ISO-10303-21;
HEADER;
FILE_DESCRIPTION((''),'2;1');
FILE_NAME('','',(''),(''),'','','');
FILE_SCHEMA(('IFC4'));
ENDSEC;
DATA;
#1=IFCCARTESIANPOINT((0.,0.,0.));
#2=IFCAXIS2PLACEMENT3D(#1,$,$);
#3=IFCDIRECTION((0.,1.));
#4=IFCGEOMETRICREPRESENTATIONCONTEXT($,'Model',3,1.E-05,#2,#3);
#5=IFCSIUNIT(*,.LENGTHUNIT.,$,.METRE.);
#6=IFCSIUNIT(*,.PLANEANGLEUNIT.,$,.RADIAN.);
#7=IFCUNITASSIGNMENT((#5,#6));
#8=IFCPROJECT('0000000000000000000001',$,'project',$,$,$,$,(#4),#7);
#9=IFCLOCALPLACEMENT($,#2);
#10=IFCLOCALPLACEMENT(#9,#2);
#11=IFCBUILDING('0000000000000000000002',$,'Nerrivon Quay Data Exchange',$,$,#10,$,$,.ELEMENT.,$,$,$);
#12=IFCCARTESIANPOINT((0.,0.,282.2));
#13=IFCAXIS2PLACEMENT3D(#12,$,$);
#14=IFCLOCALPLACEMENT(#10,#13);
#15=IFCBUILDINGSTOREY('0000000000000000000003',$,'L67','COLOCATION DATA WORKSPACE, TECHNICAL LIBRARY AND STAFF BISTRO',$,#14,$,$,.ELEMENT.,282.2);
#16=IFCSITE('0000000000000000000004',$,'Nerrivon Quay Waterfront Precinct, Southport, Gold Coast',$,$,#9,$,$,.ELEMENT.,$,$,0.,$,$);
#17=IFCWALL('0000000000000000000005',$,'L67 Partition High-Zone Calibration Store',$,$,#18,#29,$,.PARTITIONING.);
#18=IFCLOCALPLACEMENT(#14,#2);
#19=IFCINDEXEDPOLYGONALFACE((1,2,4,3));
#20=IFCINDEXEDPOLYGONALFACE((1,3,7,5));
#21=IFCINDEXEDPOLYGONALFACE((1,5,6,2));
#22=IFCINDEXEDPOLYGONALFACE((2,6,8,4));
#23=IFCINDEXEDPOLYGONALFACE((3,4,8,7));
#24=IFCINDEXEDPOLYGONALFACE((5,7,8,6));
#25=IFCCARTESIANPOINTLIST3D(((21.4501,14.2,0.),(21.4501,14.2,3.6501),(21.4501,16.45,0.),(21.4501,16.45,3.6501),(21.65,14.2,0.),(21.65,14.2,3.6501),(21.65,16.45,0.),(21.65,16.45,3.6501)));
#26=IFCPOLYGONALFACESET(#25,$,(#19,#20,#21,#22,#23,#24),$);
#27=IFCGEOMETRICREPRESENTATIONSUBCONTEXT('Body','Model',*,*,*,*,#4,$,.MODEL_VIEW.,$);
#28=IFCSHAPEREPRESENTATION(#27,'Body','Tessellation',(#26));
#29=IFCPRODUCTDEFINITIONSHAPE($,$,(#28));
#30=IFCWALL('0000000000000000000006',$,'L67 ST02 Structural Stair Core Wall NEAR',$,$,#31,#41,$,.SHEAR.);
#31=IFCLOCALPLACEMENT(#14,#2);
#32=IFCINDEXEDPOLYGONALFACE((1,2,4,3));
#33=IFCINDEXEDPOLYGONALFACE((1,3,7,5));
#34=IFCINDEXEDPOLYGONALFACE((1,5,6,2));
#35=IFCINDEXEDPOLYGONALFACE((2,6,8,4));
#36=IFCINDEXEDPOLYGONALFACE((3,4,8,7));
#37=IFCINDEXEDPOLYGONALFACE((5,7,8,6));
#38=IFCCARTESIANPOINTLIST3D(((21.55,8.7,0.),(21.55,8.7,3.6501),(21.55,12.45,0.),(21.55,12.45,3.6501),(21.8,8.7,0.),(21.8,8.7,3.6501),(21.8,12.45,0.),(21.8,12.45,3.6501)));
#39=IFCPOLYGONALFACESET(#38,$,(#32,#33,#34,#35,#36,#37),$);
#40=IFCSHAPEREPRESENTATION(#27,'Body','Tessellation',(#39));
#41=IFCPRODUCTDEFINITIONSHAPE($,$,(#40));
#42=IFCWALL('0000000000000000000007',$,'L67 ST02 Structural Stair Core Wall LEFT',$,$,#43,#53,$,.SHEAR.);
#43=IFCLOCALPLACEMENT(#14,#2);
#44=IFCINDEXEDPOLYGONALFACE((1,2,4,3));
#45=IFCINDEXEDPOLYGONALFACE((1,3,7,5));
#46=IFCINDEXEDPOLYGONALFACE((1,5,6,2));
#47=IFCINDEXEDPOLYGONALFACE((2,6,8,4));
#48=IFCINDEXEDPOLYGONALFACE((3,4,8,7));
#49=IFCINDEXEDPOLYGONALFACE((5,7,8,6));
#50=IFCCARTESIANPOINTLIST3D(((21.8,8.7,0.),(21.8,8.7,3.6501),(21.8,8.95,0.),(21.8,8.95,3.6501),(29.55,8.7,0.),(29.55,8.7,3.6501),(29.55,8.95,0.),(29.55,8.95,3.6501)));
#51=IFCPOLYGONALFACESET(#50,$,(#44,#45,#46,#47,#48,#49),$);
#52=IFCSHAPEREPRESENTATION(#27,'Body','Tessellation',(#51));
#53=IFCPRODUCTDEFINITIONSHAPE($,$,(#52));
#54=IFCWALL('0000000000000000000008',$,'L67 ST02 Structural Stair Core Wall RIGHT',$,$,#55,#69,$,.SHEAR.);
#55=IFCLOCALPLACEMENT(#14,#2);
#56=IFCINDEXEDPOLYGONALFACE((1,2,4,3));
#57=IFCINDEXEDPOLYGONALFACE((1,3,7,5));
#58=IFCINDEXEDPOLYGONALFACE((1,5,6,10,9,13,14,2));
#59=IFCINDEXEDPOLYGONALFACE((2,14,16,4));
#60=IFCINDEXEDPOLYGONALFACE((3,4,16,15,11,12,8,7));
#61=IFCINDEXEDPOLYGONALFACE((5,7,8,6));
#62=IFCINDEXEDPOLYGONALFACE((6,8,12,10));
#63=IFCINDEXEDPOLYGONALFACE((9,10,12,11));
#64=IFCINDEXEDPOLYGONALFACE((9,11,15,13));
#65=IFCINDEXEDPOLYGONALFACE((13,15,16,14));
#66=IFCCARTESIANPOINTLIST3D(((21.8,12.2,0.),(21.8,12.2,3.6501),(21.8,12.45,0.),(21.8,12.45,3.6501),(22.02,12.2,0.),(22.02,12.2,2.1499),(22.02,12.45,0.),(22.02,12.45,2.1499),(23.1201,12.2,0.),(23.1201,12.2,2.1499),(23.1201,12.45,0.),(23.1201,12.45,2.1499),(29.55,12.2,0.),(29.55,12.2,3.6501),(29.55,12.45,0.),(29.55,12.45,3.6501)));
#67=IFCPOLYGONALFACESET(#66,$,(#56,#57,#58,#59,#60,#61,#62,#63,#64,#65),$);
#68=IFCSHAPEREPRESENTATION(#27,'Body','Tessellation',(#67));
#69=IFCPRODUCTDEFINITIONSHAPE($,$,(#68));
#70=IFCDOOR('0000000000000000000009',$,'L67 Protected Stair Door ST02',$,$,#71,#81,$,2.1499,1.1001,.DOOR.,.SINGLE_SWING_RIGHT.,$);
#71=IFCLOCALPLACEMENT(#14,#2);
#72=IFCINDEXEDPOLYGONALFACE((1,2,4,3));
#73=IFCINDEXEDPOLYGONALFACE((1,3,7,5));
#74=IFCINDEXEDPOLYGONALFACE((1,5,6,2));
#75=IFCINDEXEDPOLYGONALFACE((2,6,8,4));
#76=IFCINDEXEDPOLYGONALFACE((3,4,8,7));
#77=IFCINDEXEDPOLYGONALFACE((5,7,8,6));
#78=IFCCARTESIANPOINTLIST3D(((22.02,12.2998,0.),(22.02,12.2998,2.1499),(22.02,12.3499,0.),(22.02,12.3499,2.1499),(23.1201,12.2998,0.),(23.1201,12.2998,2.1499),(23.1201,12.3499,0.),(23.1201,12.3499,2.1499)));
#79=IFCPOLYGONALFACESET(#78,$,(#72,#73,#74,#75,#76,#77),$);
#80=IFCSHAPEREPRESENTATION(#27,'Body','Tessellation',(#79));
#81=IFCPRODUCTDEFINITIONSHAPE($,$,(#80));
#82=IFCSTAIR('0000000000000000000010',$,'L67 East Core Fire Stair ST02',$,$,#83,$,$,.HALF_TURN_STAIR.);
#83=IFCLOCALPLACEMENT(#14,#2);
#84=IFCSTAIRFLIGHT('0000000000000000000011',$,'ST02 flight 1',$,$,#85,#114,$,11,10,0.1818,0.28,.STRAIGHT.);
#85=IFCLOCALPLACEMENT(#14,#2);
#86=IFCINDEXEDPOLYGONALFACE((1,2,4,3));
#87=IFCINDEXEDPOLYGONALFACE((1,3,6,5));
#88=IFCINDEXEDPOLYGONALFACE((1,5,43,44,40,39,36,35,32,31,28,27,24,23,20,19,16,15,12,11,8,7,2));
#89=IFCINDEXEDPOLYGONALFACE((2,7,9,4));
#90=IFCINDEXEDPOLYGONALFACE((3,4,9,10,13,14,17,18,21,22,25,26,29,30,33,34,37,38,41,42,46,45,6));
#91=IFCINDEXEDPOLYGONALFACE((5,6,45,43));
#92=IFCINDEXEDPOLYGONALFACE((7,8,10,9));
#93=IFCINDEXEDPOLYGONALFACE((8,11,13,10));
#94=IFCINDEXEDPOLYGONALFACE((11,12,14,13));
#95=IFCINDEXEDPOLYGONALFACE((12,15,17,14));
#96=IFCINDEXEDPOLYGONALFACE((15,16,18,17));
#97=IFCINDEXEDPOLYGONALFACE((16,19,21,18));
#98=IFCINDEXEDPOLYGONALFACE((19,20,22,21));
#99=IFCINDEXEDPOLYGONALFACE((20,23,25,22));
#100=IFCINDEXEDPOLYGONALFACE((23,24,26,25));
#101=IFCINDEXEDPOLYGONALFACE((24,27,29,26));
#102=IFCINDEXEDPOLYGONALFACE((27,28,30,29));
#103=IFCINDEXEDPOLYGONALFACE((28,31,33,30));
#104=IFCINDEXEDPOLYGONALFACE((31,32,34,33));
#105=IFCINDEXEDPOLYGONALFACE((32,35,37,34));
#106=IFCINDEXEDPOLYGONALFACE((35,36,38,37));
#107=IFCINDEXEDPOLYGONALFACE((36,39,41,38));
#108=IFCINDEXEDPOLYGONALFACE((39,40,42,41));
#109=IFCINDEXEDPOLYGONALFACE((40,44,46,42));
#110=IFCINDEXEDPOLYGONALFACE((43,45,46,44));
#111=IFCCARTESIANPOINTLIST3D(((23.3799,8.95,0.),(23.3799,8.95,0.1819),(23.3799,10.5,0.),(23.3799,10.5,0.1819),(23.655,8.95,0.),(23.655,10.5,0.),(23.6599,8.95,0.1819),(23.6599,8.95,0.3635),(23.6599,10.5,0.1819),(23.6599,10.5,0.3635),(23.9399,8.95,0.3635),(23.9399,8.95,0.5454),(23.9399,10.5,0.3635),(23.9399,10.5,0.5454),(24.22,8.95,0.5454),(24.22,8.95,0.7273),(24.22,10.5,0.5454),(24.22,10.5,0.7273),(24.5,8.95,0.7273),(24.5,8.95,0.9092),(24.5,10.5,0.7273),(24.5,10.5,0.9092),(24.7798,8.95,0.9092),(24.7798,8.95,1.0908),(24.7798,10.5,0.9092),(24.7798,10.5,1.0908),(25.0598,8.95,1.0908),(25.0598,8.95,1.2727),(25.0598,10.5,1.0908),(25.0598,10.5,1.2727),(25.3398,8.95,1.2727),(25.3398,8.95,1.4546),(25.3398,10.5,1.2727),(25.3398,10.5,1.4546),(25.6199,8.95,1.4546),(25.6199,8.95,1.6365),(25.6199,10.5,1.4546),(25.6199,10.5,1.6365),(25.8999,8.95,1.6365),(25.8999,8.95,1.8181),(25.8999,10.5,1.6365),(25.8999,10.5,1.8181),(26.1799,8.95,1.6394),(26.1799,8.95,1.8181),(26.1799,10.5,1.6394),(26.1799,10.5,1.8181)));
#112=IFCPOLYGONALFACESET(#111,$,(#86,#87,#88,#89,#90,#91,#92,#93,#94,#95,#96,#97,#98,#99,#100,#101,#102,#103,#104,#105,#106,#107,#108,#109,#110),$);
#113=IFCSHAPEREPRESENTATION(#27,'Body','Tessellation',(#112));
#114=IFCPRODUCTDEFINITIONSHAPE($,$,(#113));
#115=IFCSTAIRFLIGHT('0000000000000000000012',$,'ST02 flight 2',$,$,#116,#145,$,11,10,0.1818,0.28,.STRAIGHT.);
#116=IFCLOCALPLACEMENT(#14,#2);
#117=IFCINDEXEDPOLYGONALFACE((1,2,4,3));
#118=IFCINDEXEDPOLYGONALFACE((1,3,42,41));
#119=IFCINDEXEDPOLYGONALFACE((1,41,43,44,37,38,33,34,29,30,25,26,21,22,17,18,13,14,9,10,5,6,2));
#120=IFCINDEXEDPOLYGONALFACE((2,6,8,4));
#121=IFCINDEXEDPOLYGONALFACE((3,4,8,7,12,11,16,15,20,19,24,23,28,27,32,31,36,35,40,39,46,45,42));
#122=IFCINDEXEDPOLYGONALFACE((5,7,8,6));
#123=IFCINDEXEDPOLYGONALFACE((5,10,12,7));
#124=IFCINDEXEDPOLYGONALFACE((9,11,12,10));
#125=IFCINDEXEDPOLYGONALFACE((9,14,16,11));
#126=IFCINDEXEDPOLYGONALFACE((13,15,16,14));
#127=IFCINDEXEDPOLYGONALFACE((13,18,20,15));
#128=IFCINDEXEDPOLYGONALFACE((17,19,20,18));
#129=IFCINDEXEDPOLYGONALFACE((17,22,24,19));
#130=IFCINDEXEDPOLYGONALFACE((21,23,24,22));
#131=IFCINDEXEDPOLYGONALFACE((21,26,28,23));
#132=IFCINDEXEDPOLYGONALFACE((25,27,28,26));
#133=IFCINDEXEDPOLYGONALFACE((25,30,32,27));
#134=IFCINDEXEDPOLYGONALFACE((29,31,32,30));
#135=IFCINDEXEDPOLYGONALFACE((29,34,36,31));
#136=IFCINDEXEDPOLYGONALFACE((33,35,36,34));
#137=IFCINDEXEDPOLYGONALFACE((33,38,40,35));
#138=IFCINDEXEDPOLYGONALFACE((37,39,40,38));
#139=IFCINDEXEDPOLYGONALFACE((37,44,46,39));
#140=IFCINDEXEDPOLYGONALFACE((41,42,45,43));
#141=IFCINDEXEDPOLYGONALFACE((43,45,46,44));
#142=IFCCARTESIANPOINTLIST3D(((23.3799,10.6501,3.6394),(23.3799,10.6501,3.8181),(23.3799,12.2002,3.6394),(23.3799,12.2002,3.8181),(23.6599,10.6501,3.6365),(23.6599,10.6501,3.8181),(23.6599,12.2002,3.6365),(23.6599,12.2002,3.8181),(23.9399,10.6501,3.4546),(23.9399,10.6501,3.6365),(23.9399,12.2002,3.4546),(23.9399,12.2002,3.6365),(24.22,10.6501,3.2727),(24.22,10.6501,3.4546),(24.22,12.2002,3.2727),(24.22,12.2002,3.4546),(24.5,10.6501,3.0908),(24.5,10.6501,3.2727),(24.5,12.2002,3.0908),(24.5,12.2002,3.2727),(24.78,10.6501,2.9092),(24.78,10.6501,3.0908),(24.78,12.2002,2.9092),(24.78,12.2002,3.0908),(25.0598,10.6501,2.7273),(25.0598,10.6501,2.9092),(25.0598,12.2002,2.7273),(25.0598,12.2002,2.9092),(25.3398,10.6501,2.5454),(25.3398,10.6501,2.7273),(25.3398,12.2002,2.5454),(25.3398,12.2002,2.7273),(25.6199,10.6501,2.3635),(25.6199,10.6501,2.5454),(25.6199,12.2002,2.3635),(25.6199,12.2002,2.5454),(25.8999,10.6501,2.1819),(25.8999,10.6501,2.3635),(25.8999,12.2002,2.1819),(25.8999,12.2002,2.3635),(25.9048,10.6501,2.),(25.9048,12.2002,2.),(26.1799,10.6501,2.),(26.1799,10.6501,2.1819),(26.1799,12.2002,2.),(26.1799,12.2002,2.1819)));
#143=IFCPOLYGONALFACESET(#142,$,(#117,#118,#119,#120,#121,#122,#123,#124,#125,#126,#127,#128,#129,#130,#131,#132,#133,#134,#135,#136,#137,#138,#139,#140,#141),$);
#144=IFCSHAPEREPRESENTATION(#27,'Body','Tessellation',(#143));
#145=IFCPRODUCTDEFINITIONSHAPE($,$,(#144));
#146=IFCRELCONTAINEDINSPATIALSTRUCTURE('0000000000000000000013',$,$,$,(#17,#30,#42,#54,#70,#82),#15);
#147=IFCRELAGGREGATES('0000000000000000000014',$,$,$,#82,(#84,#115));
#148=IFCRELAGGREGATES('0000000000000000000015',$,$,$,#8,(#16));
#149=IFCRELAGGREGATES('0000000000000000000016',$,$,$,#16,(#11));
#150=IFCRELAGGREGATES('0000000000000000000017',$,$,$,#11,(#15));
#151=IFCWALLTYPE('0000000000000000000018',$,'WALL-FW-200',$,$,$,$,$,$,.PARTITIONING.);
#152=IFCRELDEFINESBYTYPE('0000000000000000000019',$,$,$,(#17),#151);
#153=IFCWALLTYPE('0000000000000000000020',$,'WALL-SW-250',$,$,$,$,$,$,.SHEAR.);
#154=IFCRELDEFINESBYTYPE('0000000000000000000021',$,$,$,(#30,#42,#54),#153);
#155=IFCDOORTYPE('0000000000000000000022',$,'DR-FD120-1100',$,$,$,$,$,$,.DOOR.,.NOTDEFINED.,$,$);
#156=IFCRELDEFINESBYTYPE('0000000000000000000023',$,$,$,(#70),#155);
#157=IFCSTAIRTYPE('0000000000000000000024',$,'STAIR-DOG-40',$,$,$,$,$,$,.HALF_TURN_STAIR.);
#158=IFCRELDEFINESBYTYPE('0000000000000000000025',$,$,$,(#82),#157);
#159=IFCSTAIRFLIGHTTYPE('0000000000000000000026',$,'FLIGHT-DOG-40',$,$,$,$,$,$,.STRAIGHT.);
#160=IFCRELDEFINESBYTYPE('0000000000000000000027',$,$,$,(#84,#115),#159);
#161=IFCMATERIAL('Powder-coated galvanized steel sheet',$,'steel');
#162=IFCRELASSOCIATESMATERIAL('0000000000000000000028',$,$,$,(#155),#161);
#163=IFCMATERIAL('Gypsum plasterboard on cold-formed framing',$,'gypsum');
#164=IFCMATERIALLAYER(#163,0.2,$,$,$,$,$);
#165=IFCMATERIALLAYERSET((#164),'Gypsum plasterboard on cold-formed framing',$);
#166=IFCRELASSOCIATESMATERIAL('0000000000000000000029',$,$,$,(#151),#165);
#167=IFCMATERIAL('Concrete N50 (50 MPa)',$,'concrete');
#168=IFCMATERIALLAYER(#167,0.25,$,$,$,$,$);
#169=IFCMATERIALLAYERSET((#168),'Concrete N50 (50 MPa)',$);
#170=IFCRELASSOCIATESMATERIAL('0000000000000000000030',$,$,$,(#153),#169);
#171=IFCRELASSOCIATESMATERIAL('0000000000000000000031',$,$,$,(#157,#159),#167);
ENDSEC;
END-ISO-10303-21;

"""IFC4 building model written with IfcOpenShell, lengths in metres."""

from ifc_helpers import new_model, si_unit, direction, frame, frame_2d, origin, place, context, subcontext, project, spatial, polyline, rectangle, outline, extrude, material, layer, layer_set, type_object, element, fill, aggregate, save


model = new_model("IFC4")

# Units and contexts
model_context = context("Model", 3, precision=1e-05, world=origin(), true_north=direction((0.0, 1.0)))
body_context = subcontext(model_context, "Body", "Model", "MODEL_VIEW")
ifc_project = project(units=[si_unit("LENGTHUNIT", "METRE"), si_unit("PLANEANGLEUNIT", "RADIAN")], contexts=[model_context])

# Site, building, storey
site_placement = place(None, origin())
site = spatial("IfcSite", under=ifc_project, at=site_placement, Name="Nerrivon Quay Waterfront Precinct, Southport, Gold Coast", CompositionType="ELEMENT", RefElevation=0.0)
building_placement = place(site_placement, origin())
building = spatial("IfcBuilding", under=site, at=building_placement, Name="Nerrivon Quay Data Exchange", CompositionType="ELEMENT")
storey_placement = place(building_placement, frame((0.0, 0.0, 282.2)))
storey = spatial("IfcBuildingStorey", under=building, at=storey_placement, Name="L67", Description="COLOCATION DATA WORKSPACE, TECHNICAL LIBRARY AND STAFF BISTRO", CompositionType="ELEMENT", Elevation=282.2)

# Shared definitions
ifc_material_1 = material(Name="Concrete N50 (50 MPa)", Category="concrete")

# Shared definitions
ifc_material_2 = material(Name="Powder-coated galvanized steel sheet", Category="steel")
door_type_1 = type_object("IfcDoorType", Name="DR-FD120-1100", OperationType="NOTDEFINED", PredefinedType="DOOR", material=ifc_material_2)

# Shared definitions
ifc_material_3 = material(Name="Gypsum plasterboard on cold-formed framing", Category="gypsum")
ifc_layer_1 = layer(ifc_material_3, 0.2)
ifc_layer_set_1 = layer_set([ifc_layer_1], Name="Gypsum plasterboard on cold-formed framing")
wall_type_1 = type_object("IfcWallType", Name="WALL-FW-200", PredefinedType="PARTITIONING", material=ifc_layer_set_1)

# Wall
wall_1_placement = place(storey_placement, frame((21.55, 14.2, 0.0), z_axis=(0.0, 0.0, 1.0), x_axis=(0.0, 1.0, 0.0)))
element("IfcWall", 1, at=wall_1_placement, inside=storey, type_object=wall_type_1, Name="L67 Partition High-Zone Calibration Store", PredefinedType="PARTITIONING", context=body_context, shape_type="SweptSolid", body=[
    extrude(rectangle(XDim=2.25, YDim=0.2, at=frame_2d((1.125, 0.0))), origin(), (0.0, 0.0, 1.0), 3.6501),
])

# Walls
ifc_layer_2 = layer(ifc_material_1, 0.25)
ifc_layer_set_2 = layer_set([ifc_layer_2], Name="Concrete N50 (50 MPa)")
wall_type_2 = type_object("IfcWallType", Name="WALL-SW-250", PredefinedType="SHEAR", material=ifc_layer_set_2)
wall_2_placement = place(storey_placement, frame((21.675, 8.7, 0.0), z_axis=(0.0, 0.0, 1.0), x_axis=(0.0, 1.0, 0.0)))
element("IfcWall", 2, at=wall_2_placement, inside=storey, type_object=wall_type_2, Name="L67 ST02 Structural Stair Core Wall NEAR", PredefinedType="SHEAR", context=body_context, shape_type="SweptSolid", body=[
    extrude(rectangle(XDim=3.75, YDim=0.25, at=frame_2d((1.875, 0.0))), origin(), (0.0, 0.0, 1.0), 3.6501),
])
wall_3_placement = place(storey_placement, frame((21.8, 8.825, 0.0), z_axis=(0.0, 0.0, 1.0), x_axis=(1.0, 0.0, 0.0)))
element("IfcWall", 3, at=wall_3_placement, inside=storey, type_object=wall_type_2, Name="L67 ST02 Structural Stair Core Wall LEFT", PredefinedType="SHEAR", context=body_context, shape_type="SweptSolid", body=[
    extrude(rectangle(XDim=7.75, YDim=0.25, at=frame_2d((3.875, 0.0))), origin(), (0.0, 0.0, 1.0), 3.6501),
])

# Wall, opening, door
wall_4_placement = place(storey_placement, frame((21.8, 12.325, 0.0), z_axis=(0.0, 0.0, 1.0), x_axis=(1.0, 0.0, 0.0)))
wall_4 = element("IfcWall", 4, at=wall_4_placement, inside=storey, type_object=wall_type_2, Name="L67 ST02 Structural Stair Core Wall RIGHT", PredefinedType="SHEAR", context=body_context, shape_type="SweptSolid", body=[
    extrude(rectangle(XDim=7.75, YDim=0.25, at=frame_2d((3.875, 0.0))), origin(), (0.0, 0.0, 1.0), 3.6501),
])
opening_1_placement = place(wall_4_placement, frame((0.22, 0.0, 0.0)))
opening_1 = element("IfcOpeningElement", 5, at=opening_1_placement, cuts=wall_4, PredefinedType="OPENING", context=body_context, shape_type="SweptSolid", body=[
    extrude(rectangle(XDim=1.1001, YDim=2.1499, at=frame_2d((0.55, 1.075))), frame((0.0, 0.135, 0.0), z_axis=(0.0, -1.0, 0.0), x_axis=(1.0, 0.0, 0.0)), (0.0, 0.0, 1.0), 0.27),
])
door_1_placement = place(opening_1_placement, origin())
door_1 = element("IfcDoor", 6, at=door_1_placement, inside=storey, type_object=door_type_1, Name="L67 Protected Stair Door ST02", OperationType="SINGLE_SWING_RIGHT", OverallHeight=2.1499, OverallWidth=1.1001, PredefinedType="DOOR", context=body_context, shape_type="SweptSolid", body=[
    extrude(rectangle(XDim=1.1001, YDim=2.1499, at=frame_2d((0.55, 1.075))), frame((0.0, 0.0249, 0.0), z_axis=(0.0, -1.0, 0.0), x_axis=(1.0, 0.0, 0.0)), (0.0, 0.0, 1.0), 0.05),
])
fill(opening_1, door_1)

# Stair, stair flights
stair_type = type_object("IfcStairType", Name="STAIR-DOG-40", PredefinedType="HALF_TURN_STAIR", material=ifc_material_1)
stair_placement = place(storey_placement, origin())
stair = element("IfcStair", 7, at=stair_placement, inside=storey, type_object=stair_type, Name="L67 East Core Fire Stair ST02", PredefinedType="HALF_TURN_STAIR")
stair_flight_type = type_object("IfcStairFlightType", Name="FLIGHT-DOG-40", PredefinedType="STRAIGHT", material=ifc_material_1)
stair_flight_1_placement = place(storey_placement, frame((23.3799, 9.7251, 0.0), z_axis=(0.0, 0.0, 1.0), x_axis=(1.0, 0.0, 0.0)))
stair_flight_1 = element("IfcStairFlight", 8, at=stair_flight_1_placement, type_object=stair_flight_type, Name="ST02 flight 1", NumberOfRisers=11, NumberOfTreads=10, PredefinedType="STRAIGHT", RiserHeight=0.1818, TreadLength=0.28, context=body_context, shape_type="SweptSolid", body=[
    extrude(outline(polyline([(0.0, 0.0), (0.0, 0.1819), (0.28, 0.1819), (0.28, 0.3635), (0.5601, 0.3635), (0.5601, 0.5454), (0.8401, 0.5454), (0.8401, 0.7273), (1.1201, 0.7273), (1.1201, 0.9092), (1.3999, 0.9092), (1.3999, 1.0908), (1.6799, 1.0908), (1.6799, 1.2727), (1.96, 1.2727), (1.96, 1.4546), (2.24, 1.4546), (2.24, 1.6365), (2.52, 1.6365), (2.52, 1.8181), (2.8, 1.8181), (2.8, 2.0), (2.8, 1.6394), (0.2751, 0.0), (0.0, 0.0)])), frame((0.0, 0.7749, 0.0), z_axis=(0.0, -1.0, 0.0), x_axis=(1.0, 0.0, 0.0)), (0.0, 0.0, 1.0), 1.55),
])
stair_flight_2_placement = place(storey_placement, frame((26.1799, 11.425, 2.0), z_axis=(0.0, 0.0, 1.0), x_axis=(-1.0, 0.0, 0.0)))
stair_flight_2 = element("IfcStairFlight", 9, at=stair_flight_2_placement, type_object=stair_flight_type, Name="ST02 flight 2", NumberOfRisers=11, NumberOfTreads=10, PredefinedType="STRAIGHT", RiserHeight=0.1818, TreadLength=0.28, context=body_context, shape_type="SweptSolid", body=[
    extrude(outline(polyline([(0.0, 0.0), (0.0, 0.1819), (0.28, 0.1819), (0.28, 0.3635), (0.5601, 0.3635), (0.5601, 0.5454), (0.8401, 0.5454), (0.8401, 0.7273), (1.1201, 0.7273), (1.1201, 0.9092), (1.3999, 0.9092), (1.3999, 1.0908), (1.6799, 1.0908), (1.6799, 1.2727), (1.96, 1.2727), (1.96, 1.4546), (2.24, 1.4546), (2.24, 1.6365), (2.52, 1.6365), (2.52, 1.8181), (2.8, 1.8181), (2.8, 2.0), (2.8, 1.6394), (0.2751, 0.0), (0.0, 0.0)])), frame((0.0, 0.7749, 0.0), z_axis=(0.0, -1.0, 0.0), x_axis=(1.0, 0.0, 0.0)), (0.0, 0.0, 1.0), 1.55),
])
aggregate(stair, [stair_flight_1, stair_flight_2])

save(model, "model.ifc")
